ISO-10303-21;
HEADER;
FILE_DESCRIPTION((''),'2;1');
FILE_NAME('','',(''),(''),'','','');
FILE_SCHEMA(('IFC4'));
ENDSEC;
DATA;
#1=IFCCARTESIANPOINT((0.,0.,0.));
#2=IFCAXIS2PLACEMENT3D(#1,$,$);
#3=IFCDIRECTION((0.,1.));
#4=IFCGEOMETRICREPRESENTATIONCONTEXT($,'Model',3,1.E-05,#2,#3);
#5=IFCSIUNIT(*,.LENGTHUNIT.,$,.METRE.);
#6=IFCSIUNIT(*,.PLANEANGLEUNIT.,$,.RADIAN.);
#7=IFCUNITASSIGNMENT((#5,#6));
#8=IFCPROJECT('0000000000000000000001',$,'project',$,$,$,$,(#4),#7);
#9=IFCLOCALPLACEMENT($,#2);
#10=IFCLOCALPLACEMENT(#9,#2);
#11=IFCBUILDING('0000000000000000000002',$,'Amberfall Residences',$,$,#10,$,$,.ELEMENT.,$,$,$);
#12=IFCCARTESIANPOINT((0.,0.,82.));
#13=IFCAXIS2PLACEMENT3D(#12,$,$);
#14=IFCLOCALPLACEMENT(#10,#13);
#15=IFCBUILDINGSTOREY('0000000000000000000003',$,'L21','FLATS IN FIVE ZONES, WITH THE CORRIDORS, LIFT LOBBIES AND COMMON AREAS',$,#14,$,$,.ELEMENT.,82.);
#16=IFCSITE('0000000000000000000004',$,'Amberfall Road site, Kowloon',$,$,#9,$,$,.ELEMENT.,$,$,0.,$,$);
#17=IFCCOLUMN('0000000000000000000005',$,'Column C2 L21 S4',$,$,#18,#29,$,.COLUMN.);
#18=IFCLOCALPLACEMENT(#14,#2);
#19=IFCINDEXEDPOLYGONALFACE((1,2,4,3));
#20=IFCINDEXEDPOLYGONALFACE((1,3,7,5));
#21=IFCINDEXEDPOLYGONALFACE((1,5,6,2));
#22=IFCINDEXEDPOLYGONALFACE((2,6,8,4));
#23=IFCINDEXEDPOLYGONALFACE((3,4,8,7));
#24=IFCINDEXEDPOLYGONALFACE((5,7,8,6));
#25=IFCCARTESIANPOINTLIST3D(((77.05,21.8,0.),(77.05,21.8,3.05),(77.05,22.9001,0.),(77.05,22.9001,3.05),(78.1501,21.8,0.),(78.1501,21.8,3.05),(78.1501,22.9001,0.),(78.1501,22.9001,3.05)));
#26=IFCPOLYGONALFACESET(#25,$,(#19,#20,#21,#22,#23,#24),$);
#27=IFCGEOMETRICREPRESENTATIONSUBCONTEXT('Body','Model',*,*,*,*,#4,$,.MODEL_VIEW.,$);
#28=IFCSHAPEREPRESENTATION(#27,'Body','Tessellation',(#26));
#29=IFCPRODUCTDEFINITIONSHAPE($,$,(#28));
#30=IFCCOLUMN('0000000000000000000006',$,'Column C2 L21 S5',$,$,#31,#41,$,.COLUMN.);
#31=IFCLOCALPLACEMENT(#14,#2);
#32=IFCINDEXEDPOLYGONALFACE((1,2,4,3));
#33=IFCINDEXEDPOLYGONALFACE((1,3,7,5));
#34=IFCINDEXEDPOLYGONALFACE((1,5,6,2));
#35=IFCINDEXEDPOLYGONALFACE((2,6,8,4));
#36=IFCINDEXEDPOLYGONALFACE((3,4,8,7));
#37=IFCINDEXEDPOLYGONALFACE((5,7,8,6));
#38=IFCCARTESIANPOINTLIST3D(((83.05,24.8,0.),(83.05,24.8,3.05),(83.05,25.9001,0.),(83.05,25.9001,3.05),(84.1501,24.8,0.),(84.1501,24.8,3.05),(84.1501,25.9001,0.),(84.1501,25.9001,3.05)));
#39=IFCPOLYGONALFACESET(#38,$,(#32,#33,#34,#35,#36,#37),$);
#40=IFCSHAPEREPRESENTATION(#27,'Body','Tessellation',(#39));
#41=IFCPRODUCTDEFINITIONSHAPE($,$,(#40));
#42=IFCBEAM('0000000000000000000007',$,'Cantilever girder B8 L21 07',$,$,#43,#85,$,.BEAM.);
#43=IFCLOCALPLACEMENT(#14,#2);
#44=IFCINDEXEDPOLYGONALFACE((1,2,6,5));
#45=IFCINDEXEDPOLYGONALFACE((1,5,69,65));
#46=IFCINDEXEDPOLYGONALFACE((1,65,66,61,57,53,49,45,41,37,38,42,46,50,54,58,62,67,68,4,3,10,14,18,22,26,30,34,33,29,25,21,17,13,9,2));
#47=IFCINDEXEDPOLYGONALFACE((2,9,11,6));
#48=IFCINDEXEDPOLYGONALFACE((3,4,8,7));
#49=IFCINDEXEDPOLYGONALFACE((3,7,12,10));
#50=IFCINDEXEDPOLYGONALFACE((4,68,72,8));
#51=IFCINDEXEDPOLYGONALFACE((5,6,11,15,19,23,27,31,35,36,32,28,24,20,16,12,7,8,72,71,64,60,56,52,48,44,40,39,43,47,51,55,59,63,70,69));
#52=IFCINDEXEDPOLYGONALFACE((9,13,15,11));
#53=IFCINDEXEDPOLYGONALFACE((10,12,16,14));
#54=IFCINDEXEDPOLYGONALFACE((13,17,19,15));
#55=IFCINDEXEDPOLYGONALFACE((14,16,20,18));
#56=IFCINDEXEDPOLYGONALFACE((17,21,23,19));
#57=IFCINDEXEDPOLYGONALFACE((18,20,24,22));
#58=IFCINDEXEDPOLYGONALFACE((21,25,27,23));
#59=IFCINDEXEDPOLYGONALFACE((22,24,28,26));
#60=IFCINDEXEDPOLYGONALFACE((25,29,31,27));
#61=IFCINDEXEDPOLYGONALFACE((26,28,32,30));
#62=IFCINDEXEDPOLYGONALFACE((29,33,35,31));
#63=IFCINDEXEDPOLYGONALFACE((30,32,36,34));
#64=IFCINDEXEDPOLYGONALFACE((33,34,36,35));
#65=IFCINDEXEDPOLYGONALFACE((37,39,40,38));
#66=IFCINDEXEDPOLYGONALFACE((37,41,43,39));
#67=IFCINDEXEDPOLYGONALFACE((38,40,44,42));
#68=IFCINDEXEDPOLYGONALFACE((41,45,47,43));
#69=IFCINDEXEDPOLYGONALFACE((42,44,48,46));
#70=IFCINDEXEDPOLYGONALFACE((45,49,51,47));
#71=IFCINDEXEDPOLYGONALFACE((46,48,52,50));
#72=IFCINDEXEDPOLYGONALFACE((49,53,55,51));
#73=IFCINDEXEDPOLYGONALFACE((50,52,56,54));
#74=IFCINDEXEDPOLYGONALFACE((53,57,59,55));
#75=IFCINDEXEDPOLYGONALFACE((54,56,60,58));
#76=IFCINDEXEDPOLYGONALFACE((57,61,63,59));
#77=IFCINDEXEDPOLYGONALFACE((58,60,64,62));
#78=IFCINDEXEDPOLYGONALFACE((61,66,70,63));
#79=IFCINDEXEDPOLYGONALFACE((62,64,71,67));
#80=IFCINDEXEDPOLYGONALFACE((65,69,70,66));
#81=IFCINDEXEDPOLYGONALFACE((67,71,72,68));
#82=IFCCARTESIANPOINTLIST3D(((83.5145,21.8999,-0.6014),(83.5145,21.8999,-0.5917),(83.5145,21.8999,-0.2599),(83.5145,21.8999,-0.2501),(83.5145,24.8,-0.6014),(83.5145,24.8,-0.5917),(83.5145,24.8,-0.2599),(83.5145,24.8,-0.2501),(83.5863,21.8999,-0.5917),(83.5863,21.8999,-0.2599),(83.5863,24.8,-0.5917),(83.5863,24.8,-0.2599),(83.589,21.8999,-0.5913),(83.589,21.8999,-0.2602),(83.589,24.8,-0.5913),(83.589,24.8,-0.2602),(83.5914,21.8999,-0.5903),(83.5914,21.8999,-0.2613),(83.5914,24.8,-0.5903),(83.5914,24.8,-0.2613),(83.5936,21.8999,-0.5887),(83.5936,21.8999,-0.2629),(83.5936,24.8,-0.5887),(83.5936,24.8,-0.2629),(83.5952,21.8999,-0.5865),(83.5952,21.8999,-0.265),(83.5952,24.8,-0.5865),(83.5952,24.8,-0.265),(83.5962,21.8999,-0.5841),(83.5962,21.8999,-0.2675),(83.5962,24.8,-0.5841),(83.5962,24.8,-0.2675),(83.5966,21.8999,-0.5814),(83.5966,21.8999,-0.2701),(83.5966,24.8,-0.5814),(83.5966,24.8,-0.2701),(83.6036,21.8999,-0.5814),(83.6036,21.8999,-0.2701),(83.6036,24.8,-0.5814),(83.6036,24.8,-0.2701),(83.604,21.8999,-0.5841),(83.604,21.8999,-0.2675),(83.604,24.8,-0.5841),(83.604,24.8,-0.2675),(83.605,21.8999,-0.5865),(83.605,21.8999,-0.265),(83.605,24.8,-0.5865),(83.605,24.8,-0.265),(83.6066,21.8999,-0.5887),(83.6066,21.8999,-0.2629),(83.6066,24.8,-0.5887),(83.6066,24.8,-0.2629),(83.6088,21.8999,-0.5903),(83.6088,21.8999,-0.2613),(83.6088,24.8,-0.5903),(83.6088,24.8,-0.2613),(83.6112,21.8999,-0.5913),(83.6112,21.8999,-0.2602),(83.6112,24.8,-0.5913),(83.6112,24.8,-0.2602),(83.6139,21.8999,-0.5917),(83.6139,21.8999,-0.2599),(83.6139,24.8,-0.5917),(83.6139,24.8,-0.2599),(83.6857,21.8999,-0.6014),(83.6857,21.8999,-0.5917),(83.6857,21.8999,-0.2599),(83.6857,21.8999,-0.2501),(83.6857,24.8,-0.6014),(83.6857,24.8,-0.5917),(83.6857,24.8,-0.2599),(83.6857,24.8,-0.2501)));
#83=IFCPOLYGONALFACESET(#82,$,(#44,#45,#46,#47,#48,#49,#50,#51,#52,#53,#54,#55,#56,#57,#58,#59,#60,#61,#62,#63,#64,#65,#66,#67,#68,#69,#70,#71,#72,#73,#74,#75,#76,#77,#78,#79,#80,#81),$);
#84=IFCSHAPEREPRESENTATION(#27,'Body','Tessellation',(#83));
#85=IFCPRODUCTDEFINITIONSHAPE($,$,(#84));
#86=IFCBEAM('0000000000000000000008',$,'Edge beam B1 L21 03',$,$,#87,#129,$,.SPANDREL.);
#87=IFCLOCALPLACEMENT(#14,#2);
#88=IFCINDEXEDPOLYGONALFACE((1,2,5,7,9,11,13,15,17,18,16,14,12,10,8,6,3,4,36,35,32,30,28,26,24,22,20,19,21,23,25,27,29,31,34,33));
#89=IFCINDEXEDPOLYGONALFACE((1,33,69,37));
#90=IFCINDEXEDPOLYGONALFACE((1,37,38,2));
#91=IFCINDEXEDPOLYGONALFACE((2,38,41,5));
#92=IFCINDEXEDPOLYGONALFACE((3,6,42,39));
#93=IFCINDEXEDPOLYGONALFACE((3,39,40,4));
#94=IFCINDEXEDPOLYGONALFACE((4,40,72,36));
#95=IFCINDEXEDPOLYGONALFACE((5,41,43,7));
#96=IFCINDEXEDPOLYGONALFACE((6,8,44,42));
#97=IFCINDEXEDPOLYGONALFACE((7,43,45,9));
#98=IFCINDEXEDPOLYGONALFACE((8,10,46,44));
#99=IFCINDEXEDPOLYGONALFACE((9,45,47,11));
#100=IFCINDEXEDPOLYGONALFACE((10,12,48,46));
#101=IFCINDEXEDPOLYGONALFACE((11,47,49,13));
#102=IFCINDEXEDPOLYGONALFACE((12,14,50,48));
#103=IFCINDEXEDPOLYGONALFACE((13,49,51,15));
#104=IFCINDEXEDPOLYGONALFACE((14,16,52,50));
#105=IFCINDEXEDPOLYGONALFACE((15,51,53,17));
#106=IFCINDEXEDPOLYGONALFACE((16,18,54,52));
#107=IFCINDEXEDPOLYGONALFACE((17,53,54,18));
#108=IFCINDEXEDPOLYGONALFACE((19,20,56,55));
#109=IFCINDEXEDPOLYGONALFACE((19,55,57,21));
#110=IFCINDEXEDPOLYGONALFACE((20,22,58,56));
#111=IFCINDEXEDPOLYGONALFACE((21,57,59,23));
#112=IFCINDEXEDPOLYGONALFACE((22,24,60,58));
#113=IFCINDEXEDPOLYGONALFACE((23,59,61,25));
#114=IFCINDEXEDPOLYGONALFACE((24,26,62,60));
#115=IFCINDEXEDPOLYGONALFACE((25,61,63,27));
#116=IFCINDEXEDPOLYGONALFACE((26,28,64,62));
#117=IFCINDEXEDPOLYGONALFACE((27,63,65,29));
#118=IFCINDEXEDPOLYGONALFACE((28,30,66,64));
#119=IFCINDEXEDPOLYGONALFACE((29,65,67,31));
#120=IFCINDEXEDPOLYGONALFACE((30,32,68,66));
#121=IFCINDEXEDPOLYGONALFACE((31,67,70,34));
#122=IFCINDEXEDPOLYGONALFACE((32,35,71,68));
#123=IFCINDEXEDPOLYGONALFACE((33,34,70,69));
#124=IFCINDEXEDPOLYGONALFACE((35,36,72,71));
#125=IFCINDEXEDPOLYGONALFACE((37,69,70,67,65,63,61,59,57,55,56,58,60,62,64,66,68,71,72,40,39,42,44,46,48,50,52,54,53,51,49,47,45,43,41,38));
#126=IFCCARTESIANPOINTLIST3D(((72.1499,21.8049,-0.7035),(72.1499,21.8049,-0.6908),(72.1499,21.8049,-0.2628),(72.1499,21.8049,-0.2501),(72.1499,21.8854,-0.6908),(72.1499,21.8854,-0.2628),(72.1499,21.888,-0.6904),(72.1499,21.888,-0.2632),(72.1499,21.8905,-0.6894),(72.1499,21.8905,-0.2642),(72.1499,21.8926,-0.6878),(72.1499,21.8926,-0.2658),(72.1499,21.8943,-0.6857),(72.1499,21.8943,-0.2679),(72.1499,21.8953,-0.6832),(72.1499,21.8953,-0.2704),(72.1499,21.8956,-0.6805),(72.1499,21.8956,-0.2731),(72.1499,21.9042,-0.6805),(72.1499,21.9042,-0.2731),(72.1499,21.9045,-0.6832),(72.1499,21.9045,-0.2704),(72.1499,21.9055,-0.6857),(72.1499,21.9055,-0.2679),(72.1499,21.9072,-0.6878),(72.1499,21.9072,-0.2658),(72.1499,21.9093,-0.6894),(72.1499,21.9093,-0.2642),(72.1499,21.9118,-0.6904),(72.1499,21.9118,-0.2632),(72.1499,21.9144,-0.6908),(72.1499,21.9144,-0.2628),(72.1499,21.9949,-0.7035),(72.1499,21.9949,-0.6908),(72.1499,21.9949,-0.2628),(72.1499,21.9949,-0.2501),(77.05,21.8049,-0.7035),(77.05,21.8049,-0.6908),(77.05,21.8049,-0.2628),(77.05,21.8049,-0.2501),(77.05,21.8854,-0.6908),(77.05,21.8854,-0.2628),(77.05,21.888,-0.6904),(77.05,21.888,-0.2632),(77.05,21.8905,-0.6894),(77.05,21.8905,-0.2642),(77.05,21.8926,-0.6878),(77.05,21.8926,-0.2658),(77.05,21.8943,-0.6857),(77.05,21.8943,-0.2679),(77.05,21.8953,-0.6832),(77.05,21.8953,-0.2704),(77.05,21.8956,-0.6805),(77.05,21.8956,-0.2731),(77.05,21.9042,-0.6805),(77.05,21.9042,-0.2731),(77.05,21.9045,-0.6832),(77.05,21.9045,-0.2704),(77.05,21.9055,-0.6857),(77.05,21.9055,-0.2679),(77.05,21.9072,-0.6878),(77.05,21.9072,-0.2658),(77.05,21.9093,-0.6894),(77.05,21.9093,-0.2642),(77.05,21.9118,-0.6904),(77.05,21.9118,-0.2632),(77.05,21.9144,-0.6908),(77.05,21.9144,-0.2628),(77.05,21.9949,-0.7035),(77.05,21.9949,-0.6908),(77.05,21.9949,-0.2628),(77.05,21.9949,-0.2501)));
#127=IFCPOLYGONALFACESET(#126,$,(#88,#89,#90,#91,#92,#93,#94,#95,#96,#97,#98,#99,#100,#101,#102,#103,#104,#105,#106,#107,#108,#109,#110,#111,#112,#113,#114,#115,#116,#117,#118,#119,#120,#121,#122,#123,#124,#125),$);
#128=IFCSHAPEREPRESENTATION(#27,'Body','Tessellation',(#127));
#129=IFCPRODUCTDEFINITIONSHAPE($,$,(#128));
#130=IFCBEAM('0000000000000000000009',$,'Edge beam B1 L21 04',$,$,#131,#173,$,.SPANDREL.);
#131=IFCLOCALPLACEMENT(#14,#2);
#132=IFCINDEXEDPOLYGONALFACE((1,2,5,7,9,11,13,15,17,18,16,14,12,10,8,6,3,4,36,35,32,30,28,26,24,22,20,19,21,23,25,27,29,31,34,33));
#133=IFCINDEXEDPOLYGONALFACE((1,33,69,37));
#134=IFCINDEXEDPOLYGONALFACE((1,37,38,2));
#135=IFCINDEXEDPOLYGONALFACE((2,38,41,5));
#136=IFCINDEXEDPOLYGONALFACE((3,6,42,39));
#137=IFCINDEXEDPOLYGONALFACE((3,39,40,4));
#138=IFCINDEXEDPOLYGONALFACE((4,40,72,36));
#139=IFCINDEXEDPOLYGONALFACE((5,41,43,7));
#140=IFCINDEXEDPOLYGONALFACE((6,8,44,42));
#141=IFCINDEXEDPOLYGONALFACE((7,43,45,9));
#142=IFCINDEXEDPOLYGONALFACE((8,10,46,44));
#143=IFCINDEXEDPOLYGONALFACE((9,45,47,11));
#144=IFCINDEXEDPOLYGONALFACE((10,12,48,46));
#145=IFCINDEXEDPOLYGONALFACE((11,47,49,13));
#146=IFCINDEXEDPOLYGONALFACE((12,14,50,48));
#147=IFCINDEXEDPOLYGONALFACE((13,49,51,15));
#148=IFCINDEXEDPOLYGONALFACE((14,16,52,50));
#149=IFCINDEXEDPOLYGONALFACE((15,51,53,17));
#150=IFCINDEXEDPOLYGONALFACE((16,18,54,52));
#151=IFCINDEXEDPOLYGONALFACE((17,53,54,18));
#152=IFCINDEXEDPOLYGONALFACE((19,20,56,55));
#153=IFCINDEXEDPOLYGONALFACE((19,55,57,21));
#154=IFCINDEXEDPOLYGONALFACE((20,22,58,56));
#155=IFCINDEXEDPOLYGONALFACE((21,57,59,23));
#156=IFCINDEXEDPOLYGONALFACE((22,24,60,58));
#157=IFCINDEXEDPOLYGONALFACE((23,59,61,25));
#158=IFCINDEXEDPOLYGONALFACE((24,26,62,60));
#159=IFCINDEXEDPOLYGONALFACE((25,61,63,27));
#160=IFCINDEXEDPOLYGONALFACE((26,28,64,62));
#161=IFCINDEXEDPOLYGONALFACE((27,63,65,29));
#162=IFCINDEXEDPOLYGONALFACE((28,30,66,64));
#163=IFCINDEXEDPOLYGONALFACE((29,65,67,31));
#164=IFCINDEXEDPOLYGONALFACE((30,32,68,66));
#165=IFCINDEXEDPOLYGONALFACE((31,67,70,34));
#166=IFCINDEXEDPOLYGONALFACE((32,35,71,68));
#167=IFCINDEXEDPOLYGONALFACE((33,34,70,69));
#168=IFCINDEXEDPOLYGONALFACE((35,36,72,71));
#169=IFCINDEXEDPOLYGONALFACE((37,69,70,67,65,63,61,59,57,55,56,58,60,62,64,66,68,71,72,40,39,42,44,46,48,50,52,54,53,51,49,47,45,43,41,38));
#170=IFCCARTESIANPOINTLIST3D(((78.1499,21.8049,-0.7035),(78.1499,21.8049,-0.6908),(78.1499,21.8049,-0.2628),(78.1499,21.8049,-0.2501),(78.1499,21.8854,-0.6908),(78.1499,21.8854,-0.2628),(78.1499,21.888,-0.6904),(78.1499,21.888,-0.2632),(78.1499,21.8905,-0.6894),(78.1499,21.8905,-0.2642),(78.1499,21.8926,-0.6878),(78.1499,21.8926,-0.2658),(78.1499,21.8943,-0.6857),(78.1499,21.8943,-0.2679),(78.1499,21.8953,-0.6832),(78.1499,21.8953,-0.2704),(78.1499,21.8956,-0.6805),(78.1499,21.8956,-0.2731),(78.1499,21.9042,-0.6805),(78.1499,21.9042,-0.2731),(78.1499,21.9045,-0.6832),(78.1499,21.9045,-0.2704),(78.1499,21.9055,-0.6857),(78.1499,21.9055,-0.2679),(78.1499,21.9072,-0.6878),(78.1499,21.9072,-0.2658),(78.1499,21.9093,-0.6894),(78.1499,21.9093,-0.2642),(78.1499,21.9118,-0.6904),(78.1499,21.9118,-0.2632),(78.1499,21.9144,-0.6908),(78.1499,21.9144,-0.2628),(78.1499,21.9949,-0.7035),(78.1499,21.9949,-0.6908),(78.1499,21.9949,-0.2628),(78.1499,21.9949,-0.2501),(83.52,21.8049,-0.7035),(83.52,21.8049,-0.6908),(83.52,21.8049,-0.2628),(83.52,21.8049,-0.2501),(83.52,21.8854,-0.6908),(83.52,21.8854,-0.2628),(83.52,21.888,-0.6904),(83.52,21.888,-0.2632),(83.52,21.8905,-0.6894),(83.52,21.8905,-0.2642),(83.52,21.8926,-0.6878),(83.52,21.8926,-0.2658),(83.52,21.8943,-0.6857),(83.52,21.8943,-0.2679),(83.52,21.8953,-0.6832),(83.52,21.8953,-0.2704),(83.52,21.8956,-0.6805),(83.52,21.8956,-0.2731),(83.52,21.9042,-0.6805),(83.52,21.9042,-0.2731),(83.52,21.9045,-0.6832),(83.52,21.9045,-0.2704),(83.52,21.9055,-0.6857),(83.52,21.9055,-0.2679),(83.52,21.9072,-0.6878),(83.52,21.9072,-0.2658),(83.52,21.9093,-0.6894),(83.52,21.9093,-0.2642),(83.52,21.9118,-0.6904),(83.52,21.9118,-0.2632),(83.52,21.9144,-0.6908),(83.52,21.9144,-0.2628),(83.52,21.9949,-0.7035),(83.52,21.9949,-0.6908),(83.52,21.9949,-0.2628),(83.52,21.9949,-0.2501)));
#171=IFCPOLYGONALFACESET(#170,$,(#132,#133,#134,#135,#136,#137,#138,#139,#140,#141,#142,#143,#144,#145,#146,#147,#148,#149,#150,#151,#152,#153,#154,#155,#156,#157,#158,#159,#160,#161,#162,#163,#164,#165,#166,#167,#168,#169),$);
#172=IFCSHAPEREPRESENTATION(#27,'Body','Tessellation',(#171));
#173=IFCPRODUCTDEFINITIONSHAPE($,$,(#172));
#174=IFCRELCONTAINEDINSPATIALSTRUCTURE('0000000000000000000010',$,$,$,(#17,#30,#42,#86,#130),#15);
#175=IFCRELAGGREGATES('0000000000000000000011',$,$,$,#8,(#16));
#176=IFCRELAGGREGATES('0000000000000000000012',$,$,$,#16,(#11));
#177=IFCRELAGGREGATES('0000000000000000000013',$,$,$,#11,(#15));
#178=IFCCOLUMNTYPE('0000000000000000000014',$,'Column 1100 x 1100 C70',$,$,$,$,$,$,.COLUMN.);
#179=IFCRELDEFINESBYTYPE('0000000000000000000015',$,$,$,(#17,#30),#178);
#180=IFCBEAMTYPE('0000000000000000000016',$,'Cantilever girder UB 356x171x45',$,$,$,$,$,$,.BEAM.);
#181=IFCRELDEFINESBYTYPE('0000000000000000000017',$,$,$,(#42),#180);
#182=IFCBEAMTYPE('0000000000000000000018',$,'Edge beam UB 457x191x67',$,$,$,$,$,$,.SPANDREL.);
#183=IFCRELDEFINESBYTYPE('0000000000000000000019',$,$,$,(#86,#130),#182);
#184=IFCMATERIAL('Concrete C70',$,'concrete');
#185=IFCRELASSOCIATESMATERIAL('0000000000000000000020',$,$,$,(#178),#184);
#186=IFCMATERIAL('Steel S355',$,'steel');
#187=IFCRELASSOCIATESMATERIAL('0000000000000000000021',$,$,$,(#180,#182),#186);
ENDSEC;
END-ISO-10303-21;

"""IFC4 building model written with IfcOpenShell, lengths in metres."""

from ifc_helpers import new_model, si_unit, direction, frame, origin, origin_2d, place, context, subcontext, project, spatial, rectangle, i_section, extrude, material, material_profile, profile_set, type_object, element, save


model = new_model("IFC4")

# Units and contexts
model_context = context("Model", 3, precision=1e-05, world=origin(), true_north=direction((0.0, 1.0)))
body_context = subcontext(model_context, "Body", "Model", "MODEL_VIEW")
ifc_project = project(units=[si_unit("LENGTHUNIT", "METRE"), si_unit("PLANEANGLEUNIT", "RADIAN")], contexts=[model_context])

# Site, building, storey
site_placement = place(None, origin())
site = spatial("IfcSite", under=ifc_project, at=site_placement, Name="Amberfall Road site, Kowloon", CompositionType="ELEMENT", RefElevation=0.0)
building_placement = place(site_placement, origin())
building = spatial("IfcBuilding", under=site, at=building_placement, Name="Amberfall Residences", CompositionType="ELEMENT")
storey_placement = place(building_placement, frame((0.0, 0.0, 82.0)))
storey = spatial("IfcBuildingStorey", under=building, at=storey_placement, Name="L21", Description="FLATS IN FIVE ZONES, WITH THE CORRIDORS, LIFT LOBBIES AND COMMON AREAS", CompositionType="ELEMENT", Elevation=82.0)

# Columns
ifc_material_1 = material(Name="Concrete C70", Category="concrete")
ifc_material_profile_1 = material_profile(ifc_material_1, rectangle(XDim=1.1001, YDim=1.1001, at=origin_2d()), Name="Column 1100 x 1100 C70")
ifc_profile_set_1 = profile_set([ifc_material_profile_1], Name="Concrete C70")
column_type = type_object("IfcColumnType", Name="Column 1100 x 1100 C70", PredefinedType="COLUMN", material=ifc_profile_set_1)
for number, where, z_axis, x_axis, name in (
    (1, (77.6001, 22.3501, 0.0), (0.0, 0.0, 1.0), (1.0, 0.0, 0.0), "Column C2 L21 S4"),
    (2, (83.6001, 25.3501, 0.0), (0.0, 0.0, 1.0), (1.0, 0.0, 0.0), "Column C2 L21 S5"),
):
    element("IfcColumn", number, at=place(storey_placement, frame(where, z_axis=z_axis, x_axis=x_axis)), inside=storey, type_object=column_type, Name=name, PredefinedType="COLUMN", context=body_context, shape_type="SweptSolid", body=[
        extrude(rectangle(XDim=1.1001, YDim=1.1001, at=origin_2d()), origin(), (0.0, 0.0, 1.0), 3.05),
    ])

# Beams
ifc_material_2 = material(Name="Steel S355", Category="steel")
ifc_material_profile_2 = material_profile(ifc_material_2, i_section(OverallWidth=0.1711, OverallDepth=0.3513, WebThickness=0.0071, FlangeThickness=0.0098, FilletRadius=0.0103, at=origin_2d()), Name="UB 356x171x45")
ifc_profile_set_2 = profile_set([ifc_material_profile_2], Name="Steel S355")
beam_type_1 = type_object("IfcBeamType", Name="Cantilever girder UB 356x171x45", PredefinedType="BEAM", material=ifc_profile_set_2)
beam_1_placement = place(storey_placement, frame((83.6001, 24.8, -0.4258), z_axis=(0.0, -1.0, 0.0), x_axis=(1.0, 0.0, 0.0)))
element("IfcBeam", 3, at=beam_1_placement, inside=storey, type_object=beam_type_1, Name="Cantilever girder B8 L21 07", PredefinedType="BEAM", context=body_context, shape_type="SweptSolid", body=[
    extrude(i_section(OverallWidth=0.1711, OverallDepth=0.3513, WebThickness=0.0071, FlangeThickness=0.0098, FilletRadius=0.0103, at=origin_2d()), origin(), (0.0, 0.0, 1.0), 2.9001),
])
ifc_material_profile_3 = material_profile(ifc_material_2, i_section(OverallWidth=0.1899, OverallDepth=0.4534, WebThickness=0.0085, FlangeThickness=0.0127, FilletRadius=0.0103, at=origin_2d()), Name="UB 457x191x67")
ifc_profile_set_3 = profile_set([ifc_material_profile_3], Name="Steel S355")
beam_type_2 = type_object("IfcBeamType", Name="Edge beam UB 457x191x67", PredefinedType="SPANDREL", material=ifc_profile_set_3)
beam_2_placement = place(storey_placement, frame((72.1499, 21.8999, -0.4768), z_axis=(1.0, 0.0, 0.0), x_axis=(0.0, 1.0, 0.0)))
element("IfcBeam", 4, at=beam_2_placement, inside=storey, type_object=beam_type_2, Name="Edge beam B1 L21 03", PredefinedType="SPANDREL", context=body_context, shape_type="SweptSolid", body=[
    extrude(i_section(OverallWidth=0.1899, OverallDepth=0.4534, WebThickness=0.0085, FlangeThickness=0.0127, FilletRadius=0.0103, at=origin_2d()), origin(), (0.0, 0.0, 1.0), 4.9001),
])
beam_3_placement = place(storey_placement, frame((78.1499, 21.8999, -0.4768), z_axis=(1.0, 0.0, 0.0), x_axis=(0.0, 1.0, 0.0)))
element("IfcBeam", 5, at=beam_3_placement, inside=storey, type_object=beam_type_2, Name="Edge beam B1 L21 04", PredefinedType="SPANDREL", context=body_context, shape_type="SweptSolid", body=[
    extrude(i_section(OverallWidth=0.1899, OverallDepth=0.4534, WebThickness=0.0085, FlangeThickness=0.0127, FilletRadius=0.0103, at=origin_2d()), origin(), (0.0, 0.0, 1.0), 5.3701),
])

save(model, "model.ifc")
